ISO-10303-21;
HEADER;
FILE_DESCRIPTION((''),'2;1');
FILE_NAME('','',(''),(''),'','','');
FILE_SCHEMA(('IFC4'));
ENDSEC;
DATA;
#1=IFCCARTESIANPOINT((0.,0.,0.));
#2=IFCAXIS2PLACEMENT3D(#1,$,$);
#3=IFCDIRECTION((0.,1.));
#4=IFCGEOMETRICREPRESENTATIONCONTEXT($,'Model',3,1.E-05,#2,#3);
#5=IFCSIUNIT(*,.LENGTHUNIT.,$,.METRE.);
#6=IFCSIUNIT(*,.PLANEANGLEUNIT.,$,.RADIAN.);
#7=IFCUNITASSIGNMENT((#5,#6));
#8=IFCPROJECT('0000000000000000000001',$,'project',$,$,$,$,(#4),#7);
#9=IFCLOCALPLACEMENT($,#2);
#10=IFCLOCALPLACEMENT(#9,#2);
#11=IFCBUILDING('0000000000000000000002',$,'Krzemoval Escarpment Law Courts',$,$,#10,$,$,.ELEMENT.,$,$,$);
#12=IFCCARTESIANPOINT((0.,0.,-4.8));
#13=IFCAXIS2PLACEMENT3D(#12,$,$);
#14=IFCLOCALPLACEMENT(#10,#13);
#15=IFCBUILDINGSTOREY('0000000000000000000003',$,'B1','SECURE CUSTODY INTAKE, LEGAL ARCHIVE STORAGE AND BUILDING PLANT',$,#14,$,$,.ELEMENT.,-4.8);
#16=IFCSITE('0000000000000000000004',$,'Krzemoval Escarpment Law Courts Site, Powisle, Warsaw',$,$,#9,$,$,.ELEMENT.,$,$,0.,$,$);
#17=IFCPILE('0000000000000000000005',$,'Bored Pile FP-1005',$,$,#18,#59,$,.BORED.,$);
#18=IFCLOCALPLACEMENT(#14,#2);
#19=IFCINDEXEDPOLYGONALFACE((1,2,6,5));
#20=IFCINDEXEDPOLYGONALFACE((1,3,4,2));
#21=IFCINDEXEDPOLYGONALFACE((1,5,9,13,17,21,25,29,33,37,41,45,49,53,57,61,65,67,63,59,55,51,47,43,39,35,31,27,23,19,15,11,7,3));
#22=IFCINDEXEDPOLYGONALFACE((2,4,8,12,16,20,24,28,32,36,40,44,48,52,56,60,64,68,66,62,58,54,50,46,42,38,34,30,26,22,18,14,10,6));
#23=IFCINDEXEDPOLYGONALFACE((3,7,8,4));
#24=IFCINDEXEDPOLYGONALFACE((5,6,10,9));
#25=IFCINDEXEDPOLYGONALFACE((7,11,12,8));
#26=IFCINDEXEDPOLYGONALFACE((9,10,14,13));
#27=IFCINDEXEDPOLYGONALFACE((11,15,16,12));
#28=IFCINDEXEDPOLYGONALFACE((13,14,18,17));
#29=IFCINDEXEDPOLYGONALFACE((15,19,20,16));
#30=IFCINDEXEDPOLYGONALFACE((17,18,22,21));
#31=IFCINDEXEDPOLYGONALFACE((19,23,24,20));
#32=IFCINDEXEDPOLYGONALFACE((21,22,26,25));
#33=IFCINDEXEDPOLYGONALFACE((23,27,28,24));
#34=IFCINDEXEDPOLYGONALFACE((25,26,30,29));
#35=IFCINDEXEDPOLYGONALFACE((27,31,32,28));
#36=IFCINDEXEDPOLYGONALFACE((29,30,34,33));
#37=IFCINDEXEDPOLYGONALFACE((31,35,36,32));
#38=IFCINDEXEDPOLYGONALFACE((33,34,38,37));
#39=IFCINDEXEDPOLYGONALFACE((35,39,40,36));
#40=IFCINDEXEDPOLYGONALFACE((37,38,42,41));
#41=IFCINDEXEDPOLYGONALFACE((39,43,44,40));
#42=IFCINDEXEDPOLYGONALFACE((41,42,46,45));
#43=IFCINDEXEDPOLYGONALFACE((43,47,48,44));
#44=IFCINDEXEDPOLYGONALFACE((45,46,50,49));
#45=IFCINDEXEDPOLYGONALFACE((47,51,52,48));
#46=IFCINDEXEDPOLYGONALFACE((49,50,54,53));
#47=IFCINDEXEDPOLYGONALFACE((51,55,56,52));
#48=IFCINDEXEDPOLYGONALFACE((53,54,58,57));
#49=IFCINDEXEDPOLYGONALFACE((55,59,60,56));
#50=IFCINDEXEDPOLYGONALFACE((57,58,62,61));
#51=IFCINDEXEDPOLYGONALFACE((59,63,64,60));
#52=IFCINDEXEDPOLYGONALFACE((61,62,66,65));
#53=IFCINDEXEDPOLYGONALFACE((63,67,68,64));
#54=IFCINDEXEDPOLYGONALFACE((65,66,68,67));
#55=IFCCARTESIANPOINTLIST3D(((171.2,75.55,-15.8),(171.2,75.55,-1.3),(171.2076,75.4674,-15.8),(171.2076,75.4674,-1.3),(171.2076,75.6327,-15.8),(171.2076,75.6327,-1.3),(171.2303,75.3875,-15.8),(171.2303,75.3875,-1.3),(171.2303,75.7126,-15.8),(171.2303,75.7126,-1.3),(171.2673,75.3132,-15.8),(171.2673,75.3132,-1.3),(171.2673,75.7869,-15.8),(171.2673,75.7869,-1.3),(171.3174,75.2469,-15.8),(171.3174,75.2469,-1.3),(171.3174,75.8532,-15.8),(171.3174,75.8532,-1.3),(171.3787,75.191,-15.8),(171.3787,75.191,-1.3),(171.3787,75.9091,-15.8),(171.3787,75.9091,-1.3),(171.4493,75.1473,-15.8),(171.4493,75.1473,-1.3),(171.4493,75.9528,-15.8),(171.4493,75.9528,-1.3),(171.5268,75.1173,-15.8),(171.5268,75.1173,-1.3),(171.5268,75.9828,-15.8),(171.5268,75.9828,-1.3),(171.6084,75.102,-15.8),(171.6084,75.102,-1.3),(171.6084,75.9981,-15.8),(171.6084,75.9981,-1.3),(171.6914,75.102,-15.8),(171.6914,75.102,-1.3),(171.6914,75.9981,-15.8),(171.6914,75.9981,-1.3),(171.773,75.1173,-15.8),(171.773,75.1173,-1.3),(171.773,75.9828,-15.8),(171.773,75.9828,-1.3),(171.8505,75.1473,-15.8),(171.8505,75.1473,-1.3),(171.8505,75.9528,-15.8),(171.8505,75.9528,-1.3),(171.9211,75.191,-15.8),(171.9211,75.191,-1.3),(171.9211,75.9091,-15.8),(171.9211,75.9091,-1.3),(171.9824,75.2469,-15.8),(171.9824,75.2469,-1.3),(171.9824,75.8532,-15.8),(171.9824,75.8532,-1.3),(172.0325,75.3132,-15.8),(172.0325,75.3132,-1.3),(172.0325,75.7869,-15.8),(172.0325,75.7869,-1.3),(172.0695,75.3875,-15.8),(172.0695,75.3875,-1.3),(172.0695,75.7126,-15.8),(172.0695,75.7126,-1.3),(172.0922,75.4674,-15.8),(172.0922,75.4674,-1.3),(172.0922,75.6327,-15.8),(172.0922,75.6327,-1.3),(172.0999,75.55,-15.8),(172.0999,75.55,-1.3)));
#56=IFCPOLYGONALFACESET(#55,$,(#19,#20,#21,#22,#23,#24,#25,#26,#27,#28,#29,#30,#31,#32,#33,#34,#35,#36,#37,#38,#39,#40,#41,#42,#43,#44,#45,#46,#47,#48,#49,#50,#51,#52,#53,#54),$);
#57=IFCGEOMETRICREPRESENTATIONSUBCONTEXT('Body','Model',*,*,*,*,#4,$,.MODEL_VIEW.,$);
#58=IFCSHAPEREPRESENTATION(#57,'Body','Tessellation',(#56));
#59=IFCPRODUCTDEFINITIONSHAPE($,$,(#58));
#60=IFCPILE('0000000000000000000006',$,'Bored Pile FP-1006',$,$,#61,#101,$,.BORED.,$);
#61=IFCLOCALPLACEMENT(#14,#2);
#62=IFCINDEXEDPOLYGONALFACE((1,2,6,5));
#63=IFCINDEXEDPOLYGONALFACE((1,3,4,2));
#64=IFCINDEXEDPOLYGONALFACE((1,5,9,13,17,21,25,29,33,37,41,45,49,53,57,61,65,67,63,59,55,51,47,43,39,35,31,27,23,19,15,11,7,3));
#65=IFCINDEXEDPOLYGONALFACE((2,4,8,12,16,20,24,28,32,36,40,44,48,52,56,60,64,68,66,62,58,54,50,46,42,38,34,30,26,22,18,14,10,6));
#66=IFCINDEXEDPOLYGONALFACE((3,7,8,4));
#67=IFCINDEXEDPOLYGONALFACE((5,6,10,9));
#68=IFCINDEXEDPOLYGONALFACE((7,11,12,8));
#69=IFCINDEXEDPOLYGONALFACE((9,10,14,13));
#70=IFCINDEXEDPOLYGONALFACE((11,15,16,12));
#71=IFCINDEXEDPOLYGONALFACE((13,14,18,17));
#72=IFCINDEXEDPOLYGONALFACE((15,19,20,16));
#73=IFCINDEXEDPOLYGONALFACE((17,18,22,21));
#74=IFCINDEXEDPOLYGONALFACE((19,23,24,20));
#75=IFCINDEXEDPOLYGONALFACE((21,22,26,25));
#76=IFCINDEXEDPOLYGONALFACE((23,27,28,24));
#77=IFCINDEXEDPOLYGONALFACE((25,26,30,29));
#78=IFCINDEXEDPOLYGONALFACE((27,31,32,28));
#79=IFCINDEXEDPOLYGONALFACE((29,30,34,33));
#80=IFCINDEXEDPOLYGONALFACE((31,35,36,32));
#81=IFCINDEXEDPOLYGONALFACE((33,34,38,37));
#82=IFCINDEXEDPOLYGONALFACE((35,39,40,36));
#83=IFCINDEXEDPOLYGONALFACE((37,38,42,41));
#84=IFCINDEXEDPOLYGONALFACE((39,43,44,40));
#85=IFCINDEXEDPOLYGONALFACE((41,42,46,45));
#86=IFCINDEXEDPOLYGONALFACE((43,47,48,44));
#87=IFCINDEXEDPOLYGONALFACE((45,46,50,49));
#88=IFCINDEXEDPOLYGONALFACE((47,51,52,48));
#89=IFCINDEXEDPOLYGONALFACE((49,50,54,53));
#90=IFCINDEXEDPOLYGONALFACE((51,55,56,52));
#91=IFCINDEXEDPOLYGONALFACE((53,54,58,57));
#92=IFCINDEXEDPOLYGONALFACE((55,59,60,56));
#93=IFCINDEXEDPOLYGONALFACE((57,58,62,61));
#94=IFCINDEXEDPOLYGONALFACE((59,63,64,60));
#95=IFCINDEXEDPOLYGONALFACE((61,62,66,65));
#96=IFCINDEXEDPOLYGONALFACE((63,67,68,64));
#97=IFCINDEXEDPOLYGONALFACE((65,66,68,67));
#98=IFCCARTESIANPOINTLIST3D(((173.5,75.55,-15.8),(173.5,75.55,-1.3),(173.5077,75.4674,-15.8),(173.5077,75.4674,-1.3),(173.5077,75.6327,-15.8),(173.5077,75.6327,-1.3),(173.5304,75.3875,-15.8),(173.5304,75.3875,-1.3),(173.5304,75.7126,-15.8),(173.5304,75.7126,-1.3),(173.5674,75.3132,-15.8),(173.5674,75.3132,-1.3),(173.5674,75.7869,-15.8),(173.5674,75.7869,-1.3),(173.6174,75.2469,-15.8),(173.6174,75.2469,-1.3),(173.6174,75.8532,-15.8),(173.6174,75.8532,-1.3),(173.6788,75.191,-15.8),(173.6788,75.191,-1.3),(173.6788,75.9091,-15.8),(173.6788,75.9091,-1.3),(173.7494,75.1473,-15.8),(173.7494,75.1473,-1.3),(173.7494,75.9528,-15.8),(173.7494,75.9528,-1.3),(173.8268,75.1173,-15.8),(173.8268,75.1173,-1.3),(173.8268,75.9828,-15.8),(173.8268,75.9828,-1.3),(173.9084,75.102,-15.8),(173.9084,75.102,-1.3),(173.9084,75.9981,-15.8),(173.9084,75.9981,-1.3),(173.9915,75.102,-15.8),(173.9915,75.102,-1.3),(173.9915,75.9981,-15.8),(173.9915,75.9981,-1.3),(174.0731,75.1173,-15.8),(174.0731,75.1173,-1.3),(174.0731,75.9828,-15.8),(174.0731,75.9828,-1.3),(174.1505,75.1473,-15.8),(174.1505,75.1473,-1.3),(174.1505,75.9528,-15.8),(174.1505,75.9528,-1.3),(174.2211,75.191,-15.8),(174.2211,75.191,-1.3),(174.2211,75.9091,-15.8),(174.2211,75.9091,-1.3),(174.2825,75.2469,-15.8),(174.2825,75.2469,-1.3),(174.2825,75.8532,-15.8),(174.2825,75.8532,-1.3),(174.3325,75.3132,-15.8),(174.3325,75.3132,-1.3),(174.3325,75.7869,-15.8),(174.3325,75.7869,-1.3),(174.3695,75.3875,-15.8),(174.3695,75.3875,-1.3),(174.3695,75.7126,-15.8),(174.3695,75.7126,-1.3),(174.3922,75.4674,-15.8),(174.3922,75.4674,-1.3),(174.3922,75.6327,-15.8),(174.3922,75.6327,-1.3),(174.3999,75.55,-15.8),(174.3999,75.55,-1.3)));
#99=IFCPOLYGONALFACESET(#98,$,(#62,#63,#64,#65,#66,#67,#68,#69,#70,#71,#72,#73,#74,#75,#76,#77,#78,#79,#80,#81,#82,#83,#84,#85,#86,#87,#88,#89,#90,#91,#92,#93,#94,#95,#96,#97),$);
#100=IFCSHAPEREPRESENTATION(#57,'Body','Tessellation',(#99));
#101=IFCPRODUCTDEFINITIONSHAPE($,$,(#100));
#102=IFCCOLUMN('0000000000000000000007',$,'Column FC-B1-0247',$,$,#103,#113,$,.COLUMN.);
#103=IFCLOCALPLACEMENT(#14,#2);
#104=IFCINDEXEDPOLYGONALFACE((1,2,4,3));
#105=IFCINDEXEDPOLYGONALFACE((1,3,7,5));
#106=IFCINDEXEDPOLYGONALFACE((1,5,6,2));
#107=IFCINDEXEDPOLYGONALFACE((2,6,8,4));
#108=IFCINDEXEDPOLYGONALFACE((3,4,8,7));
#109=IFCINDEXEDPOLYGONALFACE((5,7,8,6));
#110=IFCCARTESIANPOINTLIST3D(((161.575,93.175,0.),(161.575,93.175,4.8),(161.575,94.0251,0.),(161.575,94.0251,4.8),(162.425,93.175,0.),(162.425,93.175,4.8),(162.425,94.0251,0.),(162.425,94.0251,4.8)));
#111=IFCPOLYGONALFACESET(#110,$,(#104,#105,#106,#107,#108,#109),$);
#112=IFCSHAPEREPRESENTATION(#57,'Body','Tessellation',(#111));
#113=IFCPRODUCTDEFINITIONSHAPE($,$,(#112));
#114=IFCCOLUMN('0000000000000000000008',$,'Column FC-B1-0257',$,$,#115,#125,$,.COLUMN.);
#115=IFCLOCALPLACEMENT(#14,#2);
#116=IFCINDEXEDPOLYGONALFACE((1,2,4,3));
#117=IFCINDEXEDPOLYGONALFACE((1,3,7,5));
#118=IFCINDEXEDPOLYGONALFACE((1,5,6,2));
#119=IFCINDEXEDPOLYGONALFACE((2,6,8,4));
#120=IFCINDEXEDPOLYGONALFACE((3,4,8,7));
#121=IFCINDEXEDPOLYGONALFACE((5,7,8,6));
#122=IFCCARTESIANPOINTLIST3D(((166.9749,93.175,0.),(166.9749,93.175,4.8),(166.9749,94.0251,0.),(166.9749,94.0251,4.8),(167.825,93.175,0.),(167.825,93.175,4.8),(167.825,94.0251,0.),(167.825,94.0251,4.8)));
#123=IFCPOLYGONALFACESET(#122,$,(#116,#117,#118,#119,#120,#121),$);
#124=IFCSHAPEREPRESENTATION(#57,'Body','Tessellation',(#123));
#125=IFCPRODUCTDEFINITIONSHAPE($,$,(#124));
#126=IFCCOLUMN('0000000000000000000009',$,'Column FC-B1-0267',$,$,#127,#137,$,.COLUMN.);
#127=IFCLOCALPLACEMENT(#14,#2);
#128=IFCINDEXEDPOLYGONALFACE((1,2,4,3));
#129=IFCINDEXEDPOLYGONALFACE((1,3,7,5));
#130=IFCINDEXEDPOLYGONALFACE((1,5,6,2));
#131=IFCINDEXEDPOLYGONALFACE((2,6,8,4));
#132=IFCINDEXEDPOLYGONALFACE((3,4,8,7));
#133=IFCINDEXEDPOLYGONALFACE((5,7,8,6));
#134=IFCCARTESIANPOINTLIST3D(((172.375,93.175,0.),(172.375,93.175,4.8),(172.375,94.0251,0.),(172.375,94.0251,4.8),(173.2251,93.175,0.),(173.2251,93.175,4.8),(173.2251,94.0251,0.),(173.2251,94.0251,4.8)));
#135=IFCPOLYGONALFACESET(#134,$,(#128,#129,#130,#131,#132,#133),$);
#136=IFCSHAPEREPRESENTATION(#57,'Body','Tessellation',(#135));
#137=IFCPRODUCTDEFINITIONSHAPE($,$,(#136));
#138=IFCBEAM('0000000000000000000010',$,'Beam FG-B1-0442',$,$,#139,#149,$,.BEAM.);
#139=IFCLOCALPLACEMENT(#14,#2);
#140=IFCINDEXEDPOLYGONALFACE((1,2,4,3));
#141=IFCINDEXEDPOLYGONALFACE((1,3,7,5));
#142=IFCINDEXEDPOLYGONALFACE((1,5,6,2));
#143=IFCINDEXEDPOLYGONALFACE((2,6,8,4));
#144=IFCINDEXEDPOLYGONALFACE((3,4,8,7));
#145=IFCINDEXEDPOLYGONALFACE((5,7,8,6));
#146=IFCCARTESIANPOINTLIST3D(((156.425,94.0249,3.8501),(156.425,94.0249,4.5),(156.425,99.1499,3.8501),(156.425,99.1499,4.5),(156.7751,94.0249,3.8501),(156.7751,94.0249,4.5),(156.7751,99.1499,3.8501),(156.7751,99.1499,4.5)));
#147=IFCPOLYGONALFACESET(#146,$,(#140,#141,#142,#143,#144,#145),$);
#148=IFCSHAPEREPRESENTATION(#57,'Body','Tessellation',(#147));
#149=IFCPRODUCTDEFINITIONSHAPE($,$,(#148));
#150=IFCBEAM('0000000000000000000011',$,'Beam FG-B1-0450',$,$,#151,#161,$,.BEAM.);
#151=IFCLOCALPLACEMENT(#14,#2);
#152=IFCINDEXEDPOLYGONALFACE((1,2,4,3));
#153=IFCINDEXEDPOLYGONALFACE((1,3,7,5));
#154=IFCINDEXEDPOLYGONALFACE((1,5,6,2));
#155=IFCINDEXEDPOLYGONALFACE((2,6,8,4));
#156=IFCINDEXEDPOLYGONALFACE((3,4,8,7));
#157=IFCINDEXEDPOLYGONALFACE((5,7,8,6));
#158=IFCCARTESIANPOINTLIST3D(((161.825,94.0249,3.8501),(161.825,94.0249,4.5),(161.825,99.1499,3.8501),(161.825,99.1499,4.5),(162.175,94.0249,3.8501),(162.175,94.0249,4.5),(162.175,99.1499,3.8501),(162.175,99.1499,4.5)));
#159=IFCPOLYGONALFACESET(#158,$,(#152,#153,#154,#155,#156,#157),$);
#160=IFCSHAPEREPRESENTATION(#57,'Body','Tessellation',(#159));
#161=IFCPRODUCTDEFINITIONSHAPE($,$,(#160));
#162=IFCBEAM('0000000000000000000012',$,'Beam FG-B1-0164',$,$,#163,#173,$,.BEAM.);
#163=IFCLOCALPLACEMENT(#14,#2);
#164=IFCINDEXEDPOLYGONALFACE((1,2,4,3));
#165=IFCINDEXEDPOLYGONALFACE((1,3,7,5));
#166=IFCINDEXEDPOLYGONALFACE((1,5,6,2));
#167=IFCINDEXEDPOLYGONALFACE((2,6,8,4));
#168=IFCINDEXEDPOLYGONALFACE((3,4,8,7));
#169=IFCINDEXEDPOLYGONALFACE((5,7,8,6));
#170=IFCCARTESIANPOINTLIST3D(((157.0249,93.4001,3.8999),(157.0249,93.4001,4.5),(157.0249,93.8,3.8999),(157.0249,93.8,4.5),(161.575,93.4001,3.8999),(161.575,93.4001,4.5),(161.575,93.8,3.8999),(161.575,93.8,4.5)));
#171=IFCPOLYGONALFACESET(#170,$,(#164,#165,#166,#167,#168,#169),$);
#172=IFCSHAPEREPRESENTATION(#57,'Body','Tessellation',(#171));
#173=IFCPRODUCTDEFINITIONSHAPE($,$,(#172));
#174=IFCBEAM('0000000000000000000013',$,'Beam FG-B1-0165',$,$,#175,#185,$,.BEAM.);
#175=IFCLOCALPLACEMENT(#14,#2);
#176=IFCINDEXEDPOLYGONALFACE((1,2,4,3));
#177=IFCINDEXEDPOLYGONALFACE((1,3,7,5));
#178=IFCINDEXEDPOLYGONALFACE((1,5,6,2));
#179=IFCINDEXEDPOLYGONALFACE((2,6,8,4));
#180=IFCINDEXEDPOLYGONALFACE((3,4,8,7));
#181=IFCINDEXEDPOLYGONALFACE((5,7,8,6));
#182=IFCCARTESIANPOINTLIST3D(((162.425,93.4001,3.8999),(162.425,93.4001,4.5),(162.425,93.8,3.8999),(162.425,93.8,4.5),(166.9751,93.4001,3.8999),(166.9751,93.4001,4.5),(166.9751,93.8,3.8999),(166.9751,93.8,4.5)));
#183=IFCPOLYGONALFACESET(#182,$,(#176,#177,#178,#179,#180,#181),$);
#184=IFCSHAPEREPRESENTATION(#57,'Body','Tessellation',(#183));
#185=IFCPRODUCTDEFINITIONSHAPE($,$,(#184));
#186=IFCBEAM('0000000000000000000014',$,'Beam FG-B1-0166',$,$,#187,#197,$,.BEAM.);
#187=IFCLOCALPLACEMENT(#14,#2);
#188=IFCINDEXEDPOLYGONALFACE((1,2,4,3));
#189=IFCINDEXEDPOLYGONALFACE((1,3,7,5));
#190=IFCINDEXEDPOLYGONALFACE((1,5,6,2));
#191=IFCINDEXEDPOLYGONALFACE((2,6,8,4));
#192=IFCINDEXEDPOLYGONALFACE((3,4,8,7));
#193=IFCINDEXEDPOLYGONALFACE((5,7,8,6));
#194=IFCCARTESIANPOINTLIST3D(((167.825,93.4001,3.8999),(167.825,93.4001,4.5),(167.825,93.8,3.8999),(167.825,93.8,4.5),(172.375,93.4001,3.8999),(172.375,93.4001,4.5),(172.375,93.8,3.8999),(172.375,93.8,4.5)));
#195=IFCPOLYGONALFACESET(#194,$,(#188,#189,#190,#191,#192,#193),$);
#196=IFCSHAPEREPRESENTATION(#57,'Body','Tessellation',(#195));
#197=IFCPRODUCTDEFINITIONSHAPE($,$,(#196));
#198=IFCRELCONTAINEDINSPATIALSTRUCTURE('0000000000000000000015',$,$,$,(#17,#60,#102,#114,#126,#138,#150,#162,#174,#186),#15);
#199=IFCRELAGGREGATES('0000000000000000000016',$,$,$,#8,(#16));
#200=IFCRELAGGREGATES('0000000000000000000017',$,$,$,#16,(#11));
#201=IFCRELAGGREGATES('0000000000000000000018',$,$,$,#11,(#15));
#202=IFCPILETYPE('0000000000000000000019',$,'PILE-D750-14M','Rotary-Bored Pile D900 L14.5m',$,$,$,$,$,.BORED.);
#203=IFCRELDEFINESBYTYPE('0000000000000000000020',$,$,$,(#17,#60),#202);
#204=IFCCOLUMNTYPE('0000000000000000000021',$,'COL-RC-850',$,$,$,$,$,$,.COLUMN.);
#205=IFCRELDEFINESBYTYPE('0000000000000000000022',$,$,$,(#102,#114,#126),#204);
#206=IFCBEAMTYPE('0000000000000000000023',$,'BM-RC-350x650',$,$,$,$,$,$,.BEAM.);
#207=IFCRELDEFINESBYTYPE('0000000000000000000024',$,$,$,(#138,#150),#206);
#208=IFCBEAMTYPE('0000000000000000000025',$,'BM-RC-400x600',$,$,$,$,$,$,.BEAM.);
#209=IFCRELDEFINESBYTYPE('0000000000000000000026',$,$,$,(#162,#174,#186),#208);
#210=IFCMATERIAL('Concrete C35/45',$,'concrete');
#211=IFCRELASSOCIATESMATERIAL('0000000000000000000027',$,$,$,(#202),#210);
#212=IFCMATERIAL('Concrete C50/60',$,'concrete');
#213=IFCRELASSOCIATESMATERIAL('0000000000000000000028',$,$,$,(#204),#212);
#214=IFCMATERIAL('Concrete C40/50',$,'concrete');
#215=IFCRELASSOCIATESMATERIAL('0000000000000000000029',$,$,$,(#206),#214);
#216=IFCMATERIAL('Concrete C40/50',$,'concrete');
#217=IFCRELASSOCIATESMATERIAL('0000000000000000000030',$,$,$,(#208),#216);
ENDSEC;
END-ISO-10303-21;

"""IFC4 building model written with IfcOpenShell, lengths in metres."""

from ifc_helpers import new_model, si_unit, direction, frame, origin, origin_2d, place, context, subcontext, project, spatial, rectangle, circle, extrude, material, material_profile, profile_set, type_object, element, save


model = new_model("IFC4")

# Units and contexts
model_context = context("Model", 3, precision=1e-05, world=origin(), true_north=direction((0.0, 1.0)))
body_context = subcontext(model_context, "Body", "Model", "MODEL_VIEW")
ifc_project = project(units=[si_unit("LENGTHUNIT", "METRE"), si_unit("PLANEANGLEUNIT", "RADIAN")], contexts=[model_context])

# Site, building, storey
site_placement = place(None, origin())
site = spatial("IfcSite", under=ifc_project, at=site_placement, Name="Krzemoval Escarpment Law Courts Site, Powisle, Warsaw", CompositionType="ELEMENT", RefElevation=0.0)
building_placement = place(site_placement, origin())
building = spatial("IfcBuilding", under=site, at=building_placement, Name="Krzemoval Escarpment Law Courts", CompositionType="ELEMENT")
storey_placement = place(building_placement, frame((0.0, 0.0, -4.8)))
storey = spatial("IfcBuildingStorey", under=building, at=storey_placement, Name="B1", Description="SECURE CUSTODY INTAKE, LEGAL ARCHIVE STORAGE AND BUILDING PLANT", CompositionType="ELEMENT", Elevation=-4.8)

# Piles
ifc_material_1 = material(Name="Concrete C35/45", Category="concrete")
ifc_material_profile_1 = material_profile(ifc_material_1, circle(Radius=0.45, at=origin_2d()), Name="PILE D900")
ifc_profile_set_1 = profile_set([ifc_material_profile_1], Name="Concrete C35/45")
pile_type_1 = type_object("IfcPileType", Name="PILE-D750-14M", Description="Rotary-Bored Pile D900 L14.5m", PredefinedType="BORED", material=ifc_profile_set_1)
for number, where, z_axis, x_axis, name in (
    (1, (171.6499, 75.55, -1.3), (0.0, 0.0, -1.0), (1.0, 0.0, 0.0), "Bored Pile FP-1005"),
    (2, (173.95, 75.55, -1.3), (0.0, 0.0, -1.0), (1.0, 0.0, 0.0), "Bored Pile FP-1006"),
):
    element("IfcPile", number, at=place(storey_placement, frame(where, z_axis=z_axis, x_axis=x_axis)), inside=storey, type_object=pile_type_1, Name=name, PredefinedType="BORED", context=body_context, shape_type="SweptSolid", body=[
        extrude(circle(Radius=0.45, at=origin_2d()), origin(), (0.0, 0.0, 1.0), 14.5),
    ])

# Columns
ifc_material_2 = material(Name="Concrete C50/60", Category="concrete")
ifc_material_profile_2 = material_profile(ifc_material_2, rectangle(XDim=0.8501, YDim=0.8501, at=origin_2d()), Name="RC 850x850")
ifc_profile_set_2 = profile_set([ifc_material_profile_2], Name="Concrete C50/60")
column_type = type_object("IfcColumnType", Name="COL-RC-850", PredefinedType="COLUMN", material=ifc_profile_set_2)
for number, where, z_axis, x_axis, name in (
    (3, (162.0, 93.6001, 0.0), (0.0, 0.0, 1.0), (1.0, 0.0, 0.0), "Column FC-B1-0247"),
    (4, (167.3999, 93.6001, 0.0), (0.0, 0.0, 1.0), (1.0, 0.0, 0.0), "Column FC-B1-0257"),
    (5, (172.8, 93.6001, 0.0), (0.0, 0.0, 1.0), (1.0, 0.0, 0.0), "Column FC-B1-0267"),
):
    element("IfcColumn", number, at=place(storey_placement, frame(where, z_axis=z_axis, x_axis=x_axis)), inside=storey, type_object=column_type, Name=name, PredefinedType="COLUMN", context=body_context, shape_type="SweptSolid", body=[
        extrude(rectangle(XDim=0.8501, YDim=0.8501, at=origin_2d()), origin(), (0.0, 0.0, 1.0), 4.8),
    ])

# Beams
ifc_material_3 = material(Name="Concrete C40/50", Category="concrete")
ifc_material_profile_3 = material_profile(ifc_material_3, rectangle(XDim=0.3501, YDim=0.6499, at=origin_2d()), Name="RCB 350x650")
ifc_profile_set_3 = profile_set([ifc_material_profile_3], Name="Concrete C40/50")
beam_type_1 = type_object("IfcBeamType", Name="BM-RC-350x650", PredefinedType="BEAM", material=ifc_profile_set_3)
for number, where, z_axis, x_axis, name in (
    (6, (156.6001, 94.0249, 4.175), (0.0, 1.0, 0.0), (-1.0, 0.0, 0.0), "Beam FG-B1-0442"),
    (7, (162.0, 94.0249, 4.175), (0.0, 1.0, 0.0), (-1.0, 0.0, 0.0), "Beam FG-B1-0450"),
):
    element("IfcBeam", number, at=place(storey_placement, frame(where, z_axis=z_axis, x_axis=x_axis)), inside=storey, type_object=beam_type_1, Name=name, PredefinedType="BEAM", context=body_context, shape_type="SweptSolid", body=[
        extrude(rectangle(XDim=0.3501, YDim=0.6499, at=origin_2d()), origin(), (0.0, 0.0, 1.0), 5.125),
    ])
ifc_material_4 = material(Name="Concrete C40/50", Category="concrete")
ifc_material_profile_4 = material_profile(ifc_material_4, rectangle(XDim=0.3999, YDim=0.6001, at=origin_2d()), Name="RCB 400x600")
ifc_profile_set_4 = profile_set([ifc_material_profile_4], Name="Concrete C40/50")
beam_type_2 = type_object("IfcBeamType", Name="BM-RC-400x600", PredefinedType="BEAM", material=ifc_profile_set_4)
for number, where, z_axis, x_axis, name in (
    (8, (157.0249, 93.6001, 4.2), (1.0, 0.0, 0.0), (0.0, 1.0, 0.0), "Beam FG-B1-0164"),
    (9, (162.425, 93.6001, 4.2), (1.0, 0.0, 0.0), (0.0, 1.0, 0.0), "Beam FG-B1-0165"),
    (10, (167.825, 93.6001, 4.2), (1.0, 0.0, 0.0), (0.0, 1.0, 0.0), "Beam FG-B1-0166"),
):
    element("IfcBeam", number, at=place(storey_placement, frame(where, z_axis=z_axis, x_axis=x_axis)), inside=storey, type_object=beam_type_2, Name=name, PredefinedType="BEAM", context=body_context, shape_type="SweptSolid", body=[
        extrude(rectangle(XDim=0.3999, YDim=0.6001, at=origin_2d()), origin(), (0.0, 0.0, 1.0), 4.55),
    ])

save(model, "model.ifc")
